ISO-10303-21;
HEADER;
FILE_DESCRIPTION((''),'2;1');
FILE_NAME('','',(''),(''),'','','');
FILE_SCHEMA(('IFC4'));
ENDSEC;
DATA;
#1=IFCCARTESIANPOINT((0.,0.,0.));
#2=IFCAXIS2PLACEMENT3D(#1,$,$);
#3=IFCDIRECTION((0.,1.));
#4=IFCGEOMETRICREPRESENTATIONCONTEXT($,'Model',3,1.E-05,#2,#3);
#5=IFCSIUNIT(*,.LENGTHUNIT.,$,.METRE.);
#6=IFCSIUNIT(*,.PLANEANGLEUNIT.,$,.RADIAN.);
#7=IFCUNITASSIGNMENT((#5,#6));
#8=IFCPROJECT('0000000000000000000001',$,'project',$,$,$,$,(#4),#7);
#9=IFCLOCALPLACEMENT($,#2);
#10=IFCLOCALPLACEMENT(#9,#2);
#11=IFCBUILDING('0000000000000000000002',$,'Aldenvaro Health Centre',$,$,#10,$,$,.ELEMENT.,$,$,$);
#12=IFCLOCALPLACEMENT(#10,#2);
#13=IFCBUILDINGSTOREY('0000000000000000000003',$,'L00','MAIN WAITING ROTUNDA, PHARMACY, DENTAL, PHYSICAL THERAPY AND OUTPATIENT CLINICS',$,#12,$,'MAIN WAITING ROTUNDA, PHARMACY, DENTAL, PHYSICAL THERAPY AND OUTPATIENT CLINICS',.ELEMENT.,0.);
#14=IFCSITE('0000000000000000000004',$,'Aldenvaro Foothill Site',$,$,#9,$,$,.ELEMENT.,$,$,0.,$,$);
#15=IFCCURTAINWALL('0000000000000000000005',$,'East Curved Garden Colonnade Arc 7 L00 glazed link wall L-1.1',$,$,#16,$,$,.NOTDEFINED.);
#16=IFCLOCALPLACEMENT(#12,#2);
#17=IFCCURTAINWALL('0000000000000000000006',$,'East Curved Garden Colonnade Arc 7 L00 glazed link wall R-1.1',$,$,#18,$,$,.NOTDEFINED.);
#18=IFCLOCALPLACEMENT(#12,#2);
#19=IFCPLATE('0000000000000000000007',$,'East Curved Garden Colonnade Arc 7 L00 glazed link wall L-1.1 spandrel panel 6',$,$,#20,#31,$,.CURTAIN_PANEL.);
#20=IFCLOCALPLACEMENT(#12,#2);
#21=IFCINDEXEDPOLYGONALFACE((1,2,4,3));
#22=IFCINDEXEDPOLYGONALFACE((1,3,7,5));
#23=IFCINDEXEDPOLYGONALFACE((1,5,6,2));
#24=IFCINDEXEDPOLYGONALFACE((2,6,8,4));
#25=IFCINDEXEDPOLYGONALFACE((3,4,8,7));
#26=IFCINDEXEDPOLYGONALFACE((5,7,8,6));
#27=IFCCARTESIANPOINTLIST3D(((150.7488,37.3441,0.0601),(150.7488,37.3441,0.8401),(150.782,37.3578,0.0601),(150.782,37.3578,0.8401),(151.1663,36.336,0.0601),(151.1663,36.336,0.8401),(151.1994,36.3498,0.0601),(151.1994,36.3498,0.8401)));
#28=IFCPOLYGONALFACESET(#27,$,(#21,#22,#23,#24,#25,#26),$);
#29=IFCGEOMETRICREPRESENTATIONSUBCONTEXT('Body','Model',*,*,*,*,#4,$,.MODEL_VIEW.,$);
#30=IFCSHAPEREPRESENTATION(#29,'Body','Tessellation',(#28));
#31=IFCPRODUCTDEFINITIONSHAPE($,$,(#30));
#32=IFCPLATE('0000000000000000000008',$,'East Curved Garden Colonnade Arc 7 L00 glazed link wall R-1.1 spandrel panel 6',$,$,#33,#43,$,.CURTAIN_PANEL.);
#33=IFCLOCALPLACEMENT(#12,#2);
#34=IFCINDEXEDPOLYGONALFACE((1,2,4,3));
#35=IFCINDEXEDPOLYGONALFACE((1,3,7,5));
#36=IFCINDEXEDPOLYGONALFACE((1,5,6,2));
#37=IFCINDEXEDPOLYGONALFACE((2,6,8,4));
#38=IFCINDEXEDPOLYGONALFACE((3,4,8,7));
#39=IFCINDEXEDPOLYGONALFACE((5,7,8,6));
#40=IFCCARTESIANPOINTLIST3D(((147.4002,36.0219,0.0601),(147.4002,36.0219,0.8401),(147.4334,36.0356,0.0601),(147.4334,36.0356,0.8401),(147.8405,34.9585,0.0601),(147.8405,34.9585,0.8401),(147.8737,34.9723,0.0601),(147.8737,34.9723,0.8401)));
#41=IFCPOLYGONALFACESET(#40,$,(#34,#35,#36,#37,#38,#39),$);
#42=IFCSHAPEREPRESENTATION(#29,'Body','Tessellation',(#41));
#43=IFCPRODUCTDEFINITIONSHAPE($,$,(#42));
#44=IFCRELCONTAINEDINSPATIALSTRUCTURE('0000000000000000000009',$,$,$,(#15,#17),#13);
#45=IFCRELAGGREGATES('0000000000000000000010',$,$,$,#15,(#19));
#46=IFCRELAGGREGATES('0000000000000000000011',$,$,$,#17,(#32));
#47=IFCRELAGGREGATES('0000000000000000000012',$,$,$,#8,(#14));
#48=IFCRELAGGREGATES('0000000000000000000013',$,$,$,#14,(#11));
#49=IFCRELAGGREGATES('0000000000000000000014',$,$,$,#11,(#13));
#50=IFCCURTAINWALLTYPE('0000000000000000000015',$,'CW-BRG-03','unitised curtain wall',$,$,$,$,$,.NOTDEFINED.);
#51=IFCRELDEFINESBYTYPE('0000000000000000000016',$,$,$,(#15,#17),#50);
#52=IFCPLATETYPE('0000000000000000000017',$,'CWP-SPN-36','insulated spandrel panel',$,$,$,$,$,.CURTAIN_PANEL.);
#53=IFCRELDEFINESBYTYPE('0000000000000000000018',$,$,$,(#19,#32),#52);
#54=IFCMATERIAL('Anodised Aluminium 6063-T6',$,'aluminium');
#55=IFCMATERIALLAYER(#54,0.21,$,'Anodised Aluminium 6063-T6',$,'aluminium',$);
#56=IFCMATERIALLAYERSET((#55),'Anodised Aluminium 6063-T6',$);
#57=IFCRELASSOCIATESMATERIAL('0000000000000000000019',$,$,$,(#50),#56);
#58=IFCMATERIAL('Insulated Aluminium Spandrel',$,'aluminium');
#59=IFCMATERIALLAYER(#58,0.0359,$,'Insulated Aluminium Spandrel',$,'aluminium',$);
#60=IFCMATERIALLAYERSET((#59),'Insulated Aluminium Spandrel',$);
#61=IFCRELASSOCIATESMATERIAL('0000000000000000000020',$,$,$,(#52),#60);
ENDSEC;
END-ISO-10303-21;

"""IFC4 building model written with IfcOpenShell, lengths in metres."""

from ifc_helpers import new_model, si_unit, direction, frame, origin, origin_2d, place, context, subcontext, project, spatial, rectangle, extrude, material, layer, layer_set, type_object, element, aggregate, save


model = new_model("IFC4")

# Units and contexts
model_context = context("Model", 3, precision=1e-05, world=origin(), true_north=direction((0.0, 1.0)))
body_context = subcontext(model_context, "Body", "Model", "MODEL_VIEW")
ifc_project = project(units=[si_unit("LENGTHUNIT", "METRE"), si_unit("PLANEANGLEUNIT", "RADIAN")], contexts=[model_context])

# Site, building, storey
site_placement = place(None, origin())
site = spatial("IfcSite", under=ifc_project, at=site_placement, Name="Aldenvaro Foothill Site", CompositionType="ELEMENT", RefElevation=0.0)
building_placement = place(site_placement, origin())
building = spatial("IfcBuilding", under=site, at=building_placement, Name="Aldenvaro Health Centre", CompositionType="ELEMENT")
storey_placement = place(building_placement, origin())
storey = spatial("IfcBuildingStorey", under=building, at=storey_placement, Name="L00", Description="MAIN WAITING ROTUNDA, PHARMACY, DENTAL, PHYSICAL THERAPY AND OUTPATIENT CLINICS", LongName="MAIN WAITING ROTUNDA, PHARMACY, DENTAL, PHYSICAL THERAPY AND OUTPATIENT CLINICS", CompositionType="ELEMENT", Elevation=0.0)

# Curtain wall
ifc_material_1 = material(Name="Anodised Aluminium 6063-T6", Category="aluminium")
ifc_layer_1 = layer(ifc_material_1, 0.21, Name="Anodised Aluminium 6063-T6", Category="aluminium")
ifc_layer_set_1 = layer_set([ifc_layer_1], Name="Anodised Aluminium 6063-T6")
curtain_wall_type = type_object("IfcCurtainWallType", Name="CW-BRG-03", Description="unitised curtain wall", PredefinedType="NOTDEFINED", material=ifc_layer_set_1)
curtain_wall_1_placement = place(storey_placement, origin())
curtain_wall_1 = element("IfcCurtainWall", 1, at=curtain_wall_1_placement, inside=storey, type_object=curtain_wall_type, Name="East Curved Garden Colonnade Arc 7 L00 glazed link wall L-1.1", PredefinedType="NOTDEFINED")

# Curtain wall
curtain_wall_2_placement = place(storey_placement, origin())
curtain_wall_2 = element("IfcCurtainWall", 2, at=curtain_wall_2_placement, inside=storey, type_object=curtain_wall_type, Name="East Curved Garden Colonnade Arc 7 L00 glazed link wall R-1.1", PredefinedType="NOTDEFINED")

# Plates
ifc_material_2 = material(Name="Insulated Aluminium Spandrel", Category="aluminium")
ifc_layer_2 = layer(ifc_material_2, 0.0359, Name="Insulated Aluminium Spandrel", Category="aluminium")
ifc_layer_set_2 = layer_set([ifc_layer_2], Name="Insulated Aluminium Spandrel")
plate_type_1 = type_object("IfcPlateType", Name="CWP-SPN-36", Description="insulated spandrel panel", PredefinedType="CURTAIN_PANEL", material=ifc_layer_set_2)
plate_1_placement = place(storey_placement, frame((150.9741, 36.8469, 0.0601), z_axis=(0.0, 0.0, 1.0), x_axis=(0.382597, -0.923915, 0.0)))
plate_1 = element("IfcPlate", 3, at=plate_1_placement, type_object=plate_type_1, Name="East Curved Garden Colonnade Arc 7 L00 glazed link wall L-1.1 spandrel panel 6", PredefinedType="CURTAIN_PANEL", context=body_context, shape_type="SweptSolid", body=[
    extrude(rectangle(XDim=1.0911, YDim=0.0359, at=origin_2d()), origin(), (0.0, 0.0, 1.0), 0.78),
])
aggregate(curtain_wall_1, [plate_1])
plate_2_placement = place(storey_placement, frame((147.637, 35.4971, 0.0601), z_axis=(0.0, 0.0, 1.0), x_axis=(0.382569, -0.923927, 0.0)))
plate_2 = element("IfcPlate", 4, at=plate_2_placement, type_object=plate_type_1, Name="East Curved Garden Colonnade Arc 7 L00 glazed link wall R-1.1 spandrel panel 6", PredefinedType="CURTAIN_PANEL", context=body_context, shape_type="SweptSolid", body=[
    extrude(rectangle(XDim=1.1509, YDim=0.0359, at=origin_2d()), origin(), (0.0, 0.0, 1.0), 0.78),
])
aggregate(curtain_wall_2, [plate_2])

save(model, "model.ifc")
